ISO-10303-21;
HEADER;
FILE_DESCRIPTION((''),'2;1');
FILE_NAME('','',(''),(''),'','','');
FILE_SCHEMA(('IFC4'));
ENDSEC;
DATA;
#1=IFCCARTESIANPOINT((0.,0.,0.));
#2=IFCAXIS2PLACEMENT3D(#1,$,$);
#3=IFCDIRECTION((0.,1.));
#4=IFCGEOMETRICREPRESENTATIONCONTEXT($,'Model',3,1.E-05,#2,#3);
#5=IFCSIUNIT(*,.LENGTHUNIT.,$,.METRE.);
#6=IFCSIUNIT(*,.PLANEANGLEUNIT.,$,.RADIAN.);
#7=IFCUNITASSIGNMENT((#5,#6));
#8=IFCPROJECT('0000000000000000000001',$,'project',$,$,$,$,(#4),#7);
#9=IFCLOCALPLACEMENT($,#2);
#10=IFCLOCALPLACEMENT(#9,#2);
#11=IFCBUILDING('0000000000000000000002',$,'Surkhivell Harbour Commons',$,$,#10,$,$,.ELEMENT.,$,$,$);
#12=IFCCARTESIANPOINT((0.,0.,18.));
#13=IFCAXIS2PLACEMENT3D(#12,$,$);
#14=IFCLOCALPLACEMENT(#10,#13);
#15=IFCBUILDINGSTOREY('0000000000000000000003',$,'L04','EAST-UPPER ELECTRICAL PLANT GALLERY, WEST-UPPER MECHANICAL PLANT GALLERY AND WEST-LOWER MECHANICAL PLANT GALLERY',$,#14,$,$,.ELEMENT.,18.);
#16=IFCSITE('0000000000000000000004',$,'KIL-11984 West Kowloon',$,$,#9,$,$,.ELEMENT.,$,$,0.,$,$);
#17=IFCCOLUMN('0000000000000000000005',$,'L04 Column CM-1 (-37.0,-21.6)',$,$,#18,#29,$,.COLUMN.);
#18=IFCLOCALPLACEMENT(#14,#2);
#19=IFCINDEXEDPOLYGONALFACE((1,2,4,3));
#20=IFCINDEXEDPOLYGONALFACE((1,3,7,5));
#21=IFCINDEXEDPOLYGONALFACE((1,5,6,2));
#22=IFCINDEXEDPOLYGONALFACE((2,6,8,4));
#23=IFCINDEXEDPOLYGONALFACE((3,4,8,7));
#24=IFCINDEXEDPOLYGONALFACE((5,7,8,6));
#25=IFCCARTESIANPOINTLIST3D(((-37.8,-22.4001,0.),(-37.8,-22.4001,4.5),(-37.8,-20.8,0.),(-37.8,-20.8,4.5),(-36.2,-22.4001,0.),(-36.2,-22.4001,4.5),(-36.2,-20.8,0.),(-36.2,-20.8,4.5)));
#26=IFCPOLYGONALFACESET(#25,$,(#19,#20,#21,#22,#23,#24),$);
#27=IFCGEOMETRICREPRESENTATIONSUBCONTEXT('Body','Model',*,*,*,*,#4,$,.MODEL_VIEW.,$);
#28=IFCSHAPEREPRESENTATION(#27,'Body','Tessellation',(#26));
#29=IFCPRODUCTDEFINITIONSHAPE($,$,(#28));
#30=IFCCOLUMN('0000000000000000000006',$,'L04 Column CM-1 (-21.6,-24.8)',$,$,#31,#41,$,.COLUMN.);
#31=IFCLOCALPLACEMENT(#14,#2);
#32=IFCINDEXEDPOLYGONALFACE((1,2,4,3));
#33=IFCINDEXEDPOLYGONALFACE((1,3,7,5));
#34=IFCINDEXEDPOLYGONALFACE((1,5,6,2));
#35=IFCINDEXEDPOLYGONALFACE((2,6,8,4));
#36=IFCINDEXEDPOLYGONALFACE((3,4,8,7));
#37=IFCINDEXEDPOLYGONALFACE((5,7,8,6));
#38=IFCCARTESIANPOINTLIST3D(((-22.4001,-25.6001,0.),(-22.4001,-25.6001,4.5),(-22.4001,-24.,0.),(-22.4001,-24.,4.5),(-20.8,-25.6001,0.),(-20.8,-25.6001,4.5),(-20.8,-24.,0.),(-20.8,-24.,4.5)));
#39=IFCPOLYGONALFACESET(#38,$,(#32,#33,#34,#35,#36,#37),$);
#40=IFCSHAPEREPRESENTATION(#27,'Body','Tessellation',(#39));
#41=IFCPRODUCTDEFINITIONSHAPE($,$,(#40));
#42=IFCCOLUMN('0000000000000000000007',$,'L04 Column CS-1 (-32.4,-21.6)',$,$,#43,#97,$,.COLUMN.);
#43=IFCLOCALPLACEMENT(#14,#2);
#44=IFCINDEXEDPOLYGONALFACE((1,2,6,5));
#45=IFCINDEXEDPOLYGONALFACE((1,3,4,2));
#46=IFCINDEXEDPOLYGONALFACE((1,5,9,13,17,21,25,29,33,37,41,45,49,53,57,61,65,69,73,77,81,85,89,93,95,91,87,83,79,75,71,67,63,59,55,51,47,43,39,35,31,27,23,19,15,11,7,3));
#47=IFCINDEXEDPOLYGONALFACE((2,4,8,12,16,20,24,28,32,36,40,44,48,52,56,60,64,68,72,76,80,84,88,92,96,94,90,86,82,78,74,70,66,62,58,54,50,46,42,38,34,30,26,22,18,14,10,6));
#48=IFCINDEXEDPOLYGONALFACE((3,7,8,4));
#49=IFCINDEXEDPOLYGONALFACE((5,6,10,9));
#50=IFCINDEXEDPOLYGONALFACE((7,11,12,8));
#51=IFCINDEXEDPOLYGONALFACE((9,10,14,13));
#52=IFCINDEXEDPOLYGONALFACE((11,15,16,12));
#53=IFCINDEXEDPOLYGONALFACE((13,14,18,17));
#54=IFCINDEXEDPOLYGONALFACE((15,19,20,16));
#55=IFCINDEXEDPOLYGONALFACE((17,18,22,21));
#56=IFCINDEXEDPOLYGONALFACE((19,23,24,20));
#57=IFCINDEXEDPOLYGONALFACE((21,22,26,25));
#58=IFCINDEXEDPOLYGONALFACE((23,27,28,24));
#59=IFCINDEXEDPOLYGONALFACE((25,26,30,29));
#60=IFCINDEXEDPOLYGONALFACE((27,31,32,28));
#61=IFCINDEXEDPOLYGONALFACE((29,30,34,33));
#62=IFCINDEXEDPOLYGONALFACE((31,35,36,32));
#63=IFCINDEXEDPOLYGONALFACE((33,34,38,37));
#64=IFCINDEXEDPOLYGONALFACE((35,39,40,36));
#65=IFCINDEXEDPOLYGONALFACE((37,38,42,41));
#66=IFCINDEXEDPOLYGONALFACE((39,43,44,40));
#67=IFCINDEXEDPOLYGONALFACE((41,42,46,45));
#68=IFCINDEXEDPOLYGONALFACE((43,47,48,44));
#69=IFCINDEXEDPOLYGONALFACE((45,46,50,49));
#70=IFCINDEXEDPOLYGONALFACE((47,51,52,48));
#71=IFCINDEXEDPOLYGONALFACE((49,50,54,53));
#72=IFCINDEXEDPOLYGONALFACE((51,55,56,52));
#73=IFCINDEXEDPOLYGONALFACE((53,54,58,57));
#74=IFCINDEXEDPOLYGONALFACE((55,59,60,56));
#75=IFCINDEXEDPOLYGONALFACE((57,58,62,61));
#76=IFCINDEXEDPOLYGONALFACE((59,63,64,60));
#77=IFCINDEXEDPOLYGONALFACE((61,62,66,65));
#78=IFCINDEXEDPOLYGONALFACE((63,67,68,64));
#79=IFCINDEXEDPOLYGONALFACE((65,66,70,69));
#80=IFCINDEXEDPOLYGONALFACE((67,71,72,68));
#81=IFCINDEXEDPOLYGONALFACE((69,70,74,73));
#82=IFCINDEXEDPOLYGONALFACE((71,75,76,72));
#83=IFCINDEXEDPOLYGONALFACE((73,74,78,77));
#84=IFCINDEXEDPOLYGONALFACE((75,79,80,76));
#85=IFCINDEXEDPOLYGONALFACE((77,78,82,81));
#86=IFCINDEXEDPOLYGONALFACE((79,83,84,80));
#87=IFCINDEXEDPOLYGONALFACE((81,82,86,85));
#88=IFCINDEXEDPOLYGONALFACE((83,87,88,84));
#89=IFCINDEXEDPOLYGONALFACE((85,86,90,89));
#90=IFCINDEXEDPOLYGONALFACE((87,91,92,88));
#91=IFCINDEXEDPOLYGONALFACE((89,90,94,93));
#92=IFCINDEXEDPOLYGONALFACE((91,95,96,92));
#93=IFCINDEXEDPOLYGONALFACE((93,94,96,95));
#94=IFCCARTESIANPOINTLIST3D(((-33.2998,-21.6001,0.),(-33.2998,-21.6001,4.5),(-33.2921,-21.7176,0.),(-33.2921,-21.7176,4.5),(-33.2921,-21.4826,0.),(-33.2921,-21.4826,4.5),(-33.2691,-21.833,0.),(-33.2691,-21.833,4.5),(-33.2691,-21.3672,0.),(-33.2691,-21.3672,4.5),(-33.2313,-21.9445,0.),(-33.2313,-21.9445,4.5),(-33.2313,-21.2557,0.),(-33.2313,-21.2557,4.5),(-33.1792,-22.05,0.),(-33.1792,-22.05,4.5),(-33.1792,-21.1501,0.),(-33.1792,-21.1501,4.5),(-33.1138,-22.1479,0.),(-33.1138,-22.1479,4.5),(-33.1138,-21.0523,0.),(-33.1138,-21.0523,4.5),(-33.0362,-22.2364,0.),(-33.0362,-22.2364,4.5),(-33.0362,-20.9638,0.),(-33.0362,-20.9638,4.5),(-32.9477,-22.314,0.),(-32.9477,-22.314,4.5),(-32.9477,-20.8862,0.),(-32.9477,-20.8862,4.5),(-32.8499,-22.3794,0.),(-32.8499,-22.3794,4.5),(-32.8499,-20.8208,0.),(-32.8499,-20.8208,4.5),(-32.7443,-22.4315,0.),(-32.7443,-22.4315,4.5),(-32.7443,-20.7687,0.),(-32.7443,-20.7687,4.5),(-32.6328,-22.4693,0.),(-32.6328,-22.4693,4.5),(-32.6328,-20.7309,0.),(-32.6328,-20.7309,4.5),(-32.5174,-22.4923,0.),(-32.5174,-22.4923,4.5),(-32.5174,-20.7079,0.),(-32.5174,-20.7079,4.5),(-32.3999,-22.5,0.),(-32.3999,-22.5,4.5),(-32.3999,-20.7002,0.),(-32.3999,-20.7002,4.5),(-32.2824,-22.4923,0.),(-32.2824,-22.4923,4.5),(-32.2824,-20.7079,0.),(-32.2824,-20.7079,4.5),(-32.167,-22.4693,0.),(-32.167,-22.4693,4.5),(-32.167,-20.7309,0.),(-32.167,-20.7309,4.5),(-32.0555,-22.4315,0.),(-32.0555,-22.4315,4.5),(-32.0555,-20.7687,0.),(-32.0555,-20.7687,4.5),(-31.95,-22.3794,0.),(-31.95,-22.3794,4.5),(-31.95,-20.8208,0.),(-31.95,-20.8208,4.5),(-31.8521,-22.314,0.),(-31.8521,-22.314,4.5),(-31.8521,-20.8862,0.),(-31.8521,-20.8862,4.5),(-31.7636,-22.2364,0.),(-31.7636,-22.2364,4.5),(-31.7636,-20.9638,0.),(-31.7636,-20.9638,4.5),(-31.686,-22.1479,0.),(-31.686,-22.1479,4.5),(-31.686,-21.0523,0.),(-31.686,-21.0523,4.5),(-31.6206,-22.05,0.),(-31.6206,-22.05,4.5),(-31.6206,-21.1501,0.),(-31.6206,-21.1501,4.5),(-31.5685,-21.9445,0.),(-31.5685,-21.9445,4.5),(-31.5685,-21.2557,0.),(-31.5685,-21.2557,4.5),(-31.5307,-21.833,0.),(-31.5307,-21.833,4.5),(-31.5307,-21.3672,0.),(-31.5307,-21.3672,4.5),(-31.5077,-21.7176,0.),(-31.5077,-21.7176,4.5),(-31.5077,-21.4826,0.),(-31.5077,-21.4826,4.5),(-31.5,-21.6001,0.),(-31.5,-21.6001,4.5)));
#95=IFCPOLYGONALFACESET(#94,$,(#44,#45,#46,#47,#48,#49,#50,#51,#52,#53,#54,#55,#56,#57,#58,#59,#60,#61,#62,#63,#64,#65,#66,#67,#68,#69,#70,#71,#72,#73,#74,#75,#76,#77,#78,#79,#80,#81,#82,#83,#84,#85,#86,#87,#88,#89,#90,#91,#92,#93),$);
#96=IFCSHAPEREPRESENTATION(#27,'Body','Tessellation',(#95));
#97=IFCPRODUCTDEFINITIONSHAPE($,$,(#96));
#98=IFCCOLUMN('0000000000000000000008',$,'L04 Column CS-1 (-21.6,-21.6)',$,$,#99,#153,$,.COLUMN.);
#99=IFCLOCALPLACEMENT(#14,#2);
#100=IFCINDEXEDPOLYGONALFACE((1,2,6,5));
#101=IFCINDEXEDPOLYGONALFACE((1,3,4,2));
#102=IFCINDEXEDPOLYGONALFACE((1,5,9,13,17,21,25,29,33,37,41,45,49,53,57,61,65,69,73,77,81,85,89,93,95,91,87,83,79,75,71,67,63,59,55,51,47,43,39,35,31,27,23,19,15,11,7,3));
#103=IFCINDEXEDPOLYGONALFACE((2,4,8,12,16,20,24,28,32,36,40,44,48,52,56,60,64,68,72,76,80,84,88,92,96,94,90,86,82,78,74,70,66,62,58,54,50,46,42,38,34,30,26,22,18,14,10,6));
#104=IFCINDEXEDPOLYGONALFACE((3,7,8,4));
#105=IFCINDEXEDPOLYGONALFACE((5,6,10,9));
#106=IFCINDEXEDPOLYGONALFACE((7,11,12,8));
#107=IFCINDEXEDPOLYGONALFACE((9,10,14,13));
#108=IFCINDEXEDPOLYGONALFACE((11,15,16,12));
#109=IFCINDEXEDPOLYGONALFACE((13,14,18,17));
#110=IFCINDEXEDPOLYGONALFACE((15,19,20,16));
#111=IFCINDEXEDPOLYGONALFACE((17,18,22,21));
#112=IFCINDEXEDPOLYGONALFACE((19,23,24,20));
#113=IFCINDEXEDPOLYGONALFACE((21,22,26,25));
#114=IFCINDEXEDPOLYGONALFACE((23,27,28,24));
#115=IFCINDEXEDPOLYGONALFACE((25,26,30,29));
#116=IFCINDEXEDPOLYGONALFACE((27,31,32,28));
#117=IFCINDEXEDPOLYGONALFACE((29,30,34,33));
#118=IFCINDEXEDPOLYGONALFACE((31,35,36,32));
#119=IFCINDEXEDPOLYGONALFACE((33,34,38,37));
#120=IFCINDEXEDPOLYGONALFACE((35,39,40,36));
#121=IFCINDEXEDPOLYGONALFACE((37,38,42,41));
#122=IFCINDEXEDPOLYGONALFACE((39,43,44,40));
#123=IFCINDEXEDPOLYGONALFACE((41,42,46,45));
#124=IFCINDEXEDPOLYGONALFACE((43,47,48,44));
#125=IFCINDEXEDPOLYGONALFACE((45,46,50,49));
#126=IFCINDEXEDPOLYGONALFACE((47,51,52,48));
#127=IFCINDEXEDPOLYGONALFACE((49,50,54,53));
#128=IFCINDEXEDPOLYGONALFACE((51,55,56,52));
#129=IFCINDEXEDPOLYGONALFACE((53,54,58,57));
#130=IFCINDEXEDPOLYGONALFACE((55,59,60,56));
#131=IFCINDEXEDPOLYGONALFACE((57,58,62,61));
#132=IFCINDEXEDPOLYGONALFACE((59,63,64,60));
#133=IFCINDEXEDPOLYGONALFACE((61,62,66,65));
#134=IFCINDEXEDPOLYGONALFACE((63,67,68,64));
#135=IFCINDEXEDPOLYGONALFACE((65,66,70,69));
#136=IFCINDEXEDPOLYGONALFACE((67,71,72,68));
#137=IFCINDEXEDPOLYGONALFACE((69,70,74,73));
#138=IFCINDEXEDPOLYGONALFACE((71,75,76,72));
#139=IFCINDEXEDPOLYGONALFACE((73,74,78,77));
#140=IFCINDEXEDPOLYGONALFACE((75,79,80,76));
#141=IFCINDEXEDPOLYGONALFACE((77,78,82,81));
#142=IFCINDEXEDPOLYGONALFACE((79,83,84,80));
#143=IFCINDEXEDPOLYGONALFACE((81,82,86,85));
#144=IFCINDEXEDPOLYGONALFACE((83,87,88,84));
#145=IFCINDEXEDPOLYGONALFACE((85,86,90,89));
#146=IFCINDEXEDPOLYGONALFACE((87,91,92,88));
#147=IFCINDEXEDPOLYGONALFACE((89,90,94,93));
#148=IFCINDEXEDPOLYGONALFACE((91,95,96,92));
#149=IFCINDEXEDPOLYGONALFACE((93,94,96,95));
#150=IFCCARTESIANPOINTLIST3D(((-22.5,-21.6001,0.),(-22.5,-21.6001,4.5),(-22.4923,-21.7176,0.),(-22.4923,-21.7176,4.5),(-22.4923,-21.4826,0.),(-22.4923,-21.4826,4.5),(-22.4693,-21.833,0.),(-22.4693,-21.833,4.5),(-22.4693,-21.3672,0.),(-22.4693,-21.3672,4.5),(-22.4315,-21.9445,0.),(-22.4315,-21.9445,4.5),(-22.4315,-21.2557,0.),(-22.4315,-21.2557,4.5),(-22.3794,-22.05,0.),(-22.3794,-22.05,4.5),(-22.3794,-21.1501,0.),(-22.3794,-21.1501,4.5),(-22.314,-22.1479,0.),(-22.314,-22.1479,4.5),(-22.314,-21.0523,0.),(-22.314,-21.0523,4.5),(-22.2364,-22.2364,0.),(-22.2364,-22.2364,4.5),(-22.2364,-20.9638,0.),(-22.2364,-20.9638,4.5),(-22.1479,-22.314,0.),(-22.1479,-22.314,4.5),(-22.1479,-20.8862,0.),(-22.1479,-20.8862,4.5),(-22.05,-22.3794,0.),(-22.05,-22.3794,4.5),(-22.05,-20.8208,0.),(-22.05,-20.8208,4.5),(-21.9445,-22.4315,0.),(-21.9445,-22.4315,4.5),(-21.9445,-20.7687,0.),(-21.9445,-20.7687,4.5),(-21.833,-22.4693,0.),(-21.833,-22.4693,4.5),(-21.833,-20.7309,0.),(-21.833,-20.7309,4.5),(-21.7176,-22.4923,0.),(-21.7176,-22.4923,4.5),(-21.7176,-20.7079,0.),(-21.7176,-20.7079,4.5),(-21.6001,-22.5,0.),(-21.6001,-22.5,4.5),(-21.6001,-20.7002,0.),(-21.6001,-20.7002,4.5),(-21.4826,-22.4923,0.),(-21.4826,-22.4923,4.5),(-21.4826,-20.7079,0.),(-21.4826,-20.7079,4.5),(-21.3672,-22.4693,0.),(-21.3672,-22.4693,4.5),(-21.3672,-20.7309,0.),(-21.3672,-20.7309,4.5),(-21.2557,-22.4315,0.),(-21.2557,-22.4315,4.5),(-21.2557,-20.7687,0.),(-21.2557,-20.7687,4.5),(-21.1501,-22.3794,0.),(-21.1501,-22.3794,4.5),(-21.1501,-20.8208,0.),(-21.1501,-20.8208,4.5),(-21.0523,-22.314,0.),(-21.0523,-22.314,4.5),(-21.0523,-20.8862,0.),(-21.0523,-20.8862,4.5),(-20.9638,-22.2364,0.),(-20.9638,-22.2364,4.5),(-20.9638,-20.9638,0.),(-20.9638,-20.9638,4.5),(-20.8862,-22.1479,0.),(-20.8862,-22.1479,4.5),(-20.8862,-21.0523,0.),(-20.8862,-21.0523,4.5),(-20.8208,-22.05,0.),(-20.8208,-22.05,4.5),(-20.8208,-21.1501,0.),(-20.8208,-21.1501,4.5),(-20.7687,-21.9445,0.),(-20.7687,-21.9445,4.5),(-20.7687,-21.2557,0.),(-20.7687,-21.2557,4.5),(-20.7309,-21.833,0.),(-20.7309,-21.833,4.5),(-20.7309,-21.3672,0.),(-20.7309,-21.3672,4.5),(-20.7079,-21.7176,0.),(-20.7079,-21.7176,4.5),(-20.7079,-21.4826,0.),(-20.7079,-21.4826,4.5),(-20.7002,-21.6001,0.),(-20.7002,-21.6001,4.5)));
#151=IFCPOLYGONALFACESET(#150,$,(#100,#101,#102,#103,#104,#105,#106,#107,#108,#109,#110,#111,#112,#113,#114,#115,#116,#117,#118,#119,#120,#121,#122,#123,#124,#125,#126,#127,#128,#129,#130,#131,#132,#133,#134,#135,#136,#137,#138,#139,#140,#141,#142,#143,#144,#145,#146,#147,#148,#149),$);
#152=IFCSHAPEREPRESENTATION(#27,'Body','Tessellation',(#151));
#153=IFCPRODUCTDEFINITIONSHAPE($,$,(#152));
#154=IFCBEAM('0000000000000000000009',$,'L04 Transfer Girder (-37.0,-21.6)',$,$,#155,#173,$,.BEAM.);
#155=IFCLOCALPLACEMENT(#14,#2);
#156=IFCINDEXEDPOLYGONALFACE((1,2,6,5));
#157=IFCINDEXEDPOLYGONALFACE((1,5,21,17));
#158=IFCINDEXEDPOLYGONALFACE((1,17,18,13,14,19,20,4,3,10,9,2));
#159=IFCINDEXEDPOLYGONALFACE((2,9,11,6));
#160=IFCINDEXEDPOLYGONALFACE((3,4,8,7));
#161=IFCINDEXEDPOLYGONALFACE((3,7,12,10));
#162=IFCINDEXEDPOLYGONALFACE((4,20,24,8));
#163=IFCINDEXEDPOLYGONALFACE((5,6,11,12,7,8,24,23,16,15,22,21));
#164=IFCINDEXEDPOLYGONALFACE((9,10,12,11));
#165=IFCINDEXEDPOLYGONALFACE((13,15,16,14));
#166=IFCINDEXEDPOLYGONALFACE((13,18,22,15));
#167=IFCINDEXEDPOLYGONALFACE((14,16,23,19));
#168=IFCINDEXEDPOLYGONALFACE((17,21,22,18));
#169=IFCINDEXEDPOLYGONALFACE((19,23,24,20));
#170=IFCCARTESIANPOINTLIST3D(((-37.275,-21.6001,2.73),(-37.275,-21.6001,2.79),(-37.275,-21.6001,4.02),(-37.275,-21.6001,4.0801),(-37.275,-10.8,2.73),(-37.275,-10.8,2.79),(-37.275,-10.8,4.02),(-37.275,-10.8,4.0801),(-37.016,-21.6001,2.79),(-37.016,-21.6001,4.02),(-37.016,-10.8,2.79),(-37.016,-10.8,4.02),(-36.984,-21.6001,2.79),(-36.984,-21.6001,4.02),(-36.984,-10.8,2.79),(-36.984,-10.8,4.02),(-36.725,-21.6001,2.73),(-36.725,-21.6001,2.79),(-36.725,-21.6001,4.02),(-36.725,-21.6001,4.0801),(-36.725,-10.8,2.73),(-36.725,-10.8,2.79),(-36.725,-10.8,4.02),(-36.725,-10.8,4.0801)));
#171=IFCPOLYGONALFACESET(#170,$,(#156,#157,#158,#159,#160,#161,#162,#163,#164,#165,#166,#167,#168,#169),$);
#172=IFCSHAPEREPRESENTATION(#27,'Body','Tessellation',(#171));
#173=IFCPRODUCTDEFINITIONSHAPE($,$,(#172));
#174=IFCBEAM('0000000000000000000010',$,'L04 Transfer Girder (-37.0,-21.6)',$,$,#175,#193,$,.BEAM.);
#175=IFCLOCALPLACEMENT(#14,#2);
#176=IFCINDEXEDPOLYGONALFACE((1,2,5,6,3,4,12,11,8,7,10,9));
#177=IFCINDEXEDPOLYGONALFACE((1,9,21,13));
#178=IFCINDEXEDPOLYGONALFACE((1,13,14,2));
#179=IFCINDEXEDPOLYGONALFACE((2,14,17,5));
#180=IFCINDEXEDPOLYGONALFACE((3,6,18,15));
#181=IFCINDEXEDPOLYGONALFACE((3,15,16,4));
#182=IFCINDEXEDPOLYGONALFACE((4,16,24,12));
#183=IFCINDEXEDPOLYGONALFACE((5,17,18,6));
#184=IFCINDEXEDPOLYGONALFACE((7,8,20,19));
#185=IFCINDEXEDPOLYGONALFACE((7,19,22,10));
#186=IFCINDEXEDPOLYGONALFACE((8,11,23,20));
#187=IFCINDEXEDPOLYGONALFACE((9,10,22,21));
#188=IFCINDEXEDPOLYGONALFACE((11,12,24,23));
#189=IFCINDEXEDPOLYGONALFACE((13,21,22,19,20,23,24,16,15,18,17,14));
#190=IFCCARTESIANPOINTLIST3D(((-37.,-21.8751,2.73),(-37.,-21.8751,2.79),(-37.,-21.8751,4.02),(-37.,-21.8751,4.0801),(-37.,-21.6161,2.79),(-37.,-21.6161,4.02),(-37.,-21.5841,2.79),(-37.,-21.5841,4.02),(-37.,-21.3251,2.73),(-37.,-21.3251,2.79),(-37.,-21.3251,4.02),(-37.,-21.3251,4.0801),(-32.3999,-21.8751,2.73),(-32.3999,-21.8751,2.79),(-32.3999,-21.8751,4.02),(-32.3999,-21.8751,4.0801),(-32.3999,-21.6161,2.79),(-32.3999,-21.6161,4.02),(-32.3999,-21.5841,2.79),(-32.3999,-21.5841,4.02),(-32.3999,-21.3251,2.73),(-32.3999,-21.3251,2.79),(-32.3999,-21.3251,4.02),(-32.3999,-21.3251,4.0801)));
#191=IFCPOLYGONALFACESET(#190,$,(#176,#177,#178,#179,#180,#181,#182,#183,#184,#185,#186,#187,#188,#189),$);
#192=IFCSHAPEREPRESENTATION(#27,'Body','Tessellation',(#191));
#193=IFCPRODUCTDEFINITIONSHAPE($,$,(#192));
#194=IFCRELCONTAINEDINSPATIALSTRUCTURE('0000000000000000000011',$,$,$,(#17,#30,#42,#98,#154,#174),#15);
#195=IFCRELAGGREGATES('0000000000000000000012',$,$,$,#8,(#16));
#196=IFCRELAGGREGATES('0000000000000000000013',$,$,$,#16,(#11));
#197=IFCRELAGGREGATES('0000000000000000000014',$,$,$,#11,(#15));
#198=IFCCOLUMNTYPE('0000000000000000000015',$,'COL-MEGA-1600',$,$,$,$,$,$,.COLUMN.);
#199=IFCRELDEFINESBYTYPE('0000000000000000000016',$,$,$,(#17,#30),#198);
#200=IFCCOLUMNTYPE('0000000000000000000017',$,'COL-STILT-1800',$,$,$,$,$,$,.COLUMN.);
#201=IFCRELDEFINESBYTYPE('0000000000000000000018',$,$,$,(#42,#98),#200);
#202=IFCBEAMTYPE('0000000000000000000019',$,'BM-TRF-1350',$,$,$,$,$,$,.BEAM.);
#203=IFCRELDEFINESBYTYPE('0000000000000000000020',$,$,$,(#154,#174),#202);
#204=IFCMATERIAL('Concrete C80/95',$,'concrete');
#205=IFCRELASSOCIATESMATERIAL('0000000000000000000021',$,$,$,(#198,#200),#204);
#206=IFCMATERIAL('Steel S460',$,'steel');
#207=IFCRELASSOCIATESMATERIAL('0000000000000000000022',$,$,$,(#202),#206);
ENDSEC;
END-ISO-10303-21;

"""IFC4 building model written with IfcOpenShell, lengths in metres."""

from ifc_helpers import new_model, si_unit, direction, frame, origin, origin_2d, place, context, subcontext, project, spatial, rectangle, circle, i_section, extrude, material, material_profile, profile_set, type_object, element, save


model = new_model("IFC4")

# Units and contexts
model_context = context("Model", 3, precision=1e-05, world=origin(), true_north=direction((0.0, 1.0)))
body_context = subcontext(model_context, "Body", "Model", "MODEL_VIEW")
ifc_project = project(units=[si_unit("LENGTHUNIT", "METRE"), si_unit("PLANEANGLEUNIT", "RADIAN")], contexts=[model_context])

# Site, building, storey
site_placement = place(None, origin())
site = spatial("IfcSite", under=ifc_project, at=site_placement, Name="KIL-11984 West Kowloon", CompositionType="ELEMENT", RefElevation=0.0)
building_placement = place(site_placement, origin())
building = spatial("IfcBuilding", under=site, at=building_placement, Name="Surkhivell Harbour Commons", CompositionType="ELEMENT")
storey_placement = place(building_placement, frame((0.0, 0.0, 18.0)))
storey = spatial("IfcBuildingStorey", under=building, at=storey_placement, Name="L04", Description="EAST-UPPER ELECTRICAL PLANT GALLERY, WEST-UPPER MECHANICAL PLANT GALLERY AND WEST-LOWER MECHANICAL PLANT GALLERY", CompositionType="ELEMENT", Elevation=18.0)

# Columns
ifc_material_1 = material(Name="Concrete C80/95", Category="concrete")
ifc_material_profile_1 = material_profile(ifc_material_1, rectangle(XDim=1.6001, YDim=1.6001, at=origin_2d()), Name="RC-COL-1600x1600")
ifc_profile_set_1 = profile_set([ifc_material_profile_1], Name="Concrete C80/95")
column_type_1 = type_object("IfcColumnType", Name="COL-MEGA-1600", PredefinedType="COLUMN", material=ifc_profile_set_1)
for number, where, z_axis, x_axis, name in (
    (1, (-37.0, -21.6001, 0.0), (0.0, 0.0, 1.0), (1.0, 0.0, 0.0), "L04 Column CM-1 (-37.0,-21.6)"),
    (2, (-21.6001, -24.8, 0.0), (0.0, 0.0, 1.0), (1.0, 0.0, 0.0), "L04 Column CM-1 (-21.6,-24.8)"),
):
    element("IfcColumn", number, at=place(storey_placement, frame(where, z_axis=z_axis, x_axis=x_axis)), inside=storey, type_object=column_type_1, Name=name, PredefinedType="COLUMN", context=body_context, shape_type="SweptSolid", body=[
        extrude(rectangle(XDim=1.6001, YDim=1.6001, at=origin_2d()), origin(), (0.0, 0.0, 1.0), 4.5),
    ])
ifc_material_profile_2 = material_profile(ifc_material_1, circle(Radius=0.8999, at=origin_2d()), Name="RC-CIRC-1800")
ifc_profile_set_2 = profile_set([ifc_material_profile_2], Name="Concrete C80/95")
column_type_2 = type_object("IfcColumnType", Name="COL-STILT-1800", PredefinedType="COLUMN", material=ifc_profile_set_2)
for number, where, z_axis, x_axis, name in (
    (3, (-32.3999, -21.6001, 0.0), (0.0, 0.0, 1.0), (1.0, 0.0, 0.0), "L04 Column CS-1 (-32.4,-21.6)"),
    (4, (-21.6001, -21.6001, 0.0), (0.0, 0.0, 1.0), (1.0, 0.0, 0.0), "L04 Column CS-1 (-21.6,-21.6)"),
):
    element("IfcColumn", number, at=place(storey_placement, frame(where, z_axis=z_axis, x_axis=x_axis)), inside=storey, type_object=column_type_2, Name=name, PredefinedType="COLUMN", context=body_context, shape_type="SweptSolid", body=[
        extrude(circle(Radius=0.8999, at=origin_2d()), origin(), (0.0, 0.0, 1.0), 4.5),
    ])

# Beams
ifc_material_2 = material(Name="Steel S460", Category="steel")
ifc_material_profile_3 = material_profile(ifc_material_2, i_section(OverallWidth=0.55, OverallDepth=1.3501, WebThickness=0.032, FlangeThickness=0.0601, at=origin_2d()), Name="WPG1350x550x248")
ifc_profile_set_3 = profile_set([ifc_material_profile_3], Name="Steel S460")
beam_type_1 = type_object("IfcBeamType", Name="BM-TRF-1350", PredefinedType="BEAM", material=ifc_profile_set_3)
beam_1_placement = place(storey_placement, frame((-37.0, -21.6001, 3.405), z_axis=(0.0, 1.0, 0.0), x_axis=(-1.0, 0.0, 0.0)))
element("IfcBeam", 5, at=beam_1_placement, inside=storey, type_object=beam_type_1, Name="L04 Transfer Girder (-37.0,-21.6)", PredefinedType="BEAM", context=body_context, shape_type="SweptSolid", body=[
    extrude(i_section(OverallWidth=0.55, OverallDepth=1.3501, WebThickness=0.032, FlangeThickness=0.0601, at=origin_2d()), origin(), (0.0, 0.0, 1.0), 10.8),
])
beam_2_placement = place(storey_placement, frame((-37.0, -21.6001, 3.405), z_axis=(1.0, 0.0, 0.0), x_axis=(0.0, 1.0, 0.0)))
element("IfcBeam", 6, at=beam_2_placement, inside=storey, type_object=beam_type_1, Name="L04 Transfer Girder (-37.0,-21.6)", PredefinedType="BEAM", context=body_context, shape_type="SweptSolid", body=[
    extrude(i_section(OverallWidth=0.55, OverallDepth=1.3501, WebThickness=0.032, FlangeThickness=0.0601, at=origin_2d()), origin(), (0.0, 0.0, 1.0), 4.6001),
])

save(model, "model.ifc")
